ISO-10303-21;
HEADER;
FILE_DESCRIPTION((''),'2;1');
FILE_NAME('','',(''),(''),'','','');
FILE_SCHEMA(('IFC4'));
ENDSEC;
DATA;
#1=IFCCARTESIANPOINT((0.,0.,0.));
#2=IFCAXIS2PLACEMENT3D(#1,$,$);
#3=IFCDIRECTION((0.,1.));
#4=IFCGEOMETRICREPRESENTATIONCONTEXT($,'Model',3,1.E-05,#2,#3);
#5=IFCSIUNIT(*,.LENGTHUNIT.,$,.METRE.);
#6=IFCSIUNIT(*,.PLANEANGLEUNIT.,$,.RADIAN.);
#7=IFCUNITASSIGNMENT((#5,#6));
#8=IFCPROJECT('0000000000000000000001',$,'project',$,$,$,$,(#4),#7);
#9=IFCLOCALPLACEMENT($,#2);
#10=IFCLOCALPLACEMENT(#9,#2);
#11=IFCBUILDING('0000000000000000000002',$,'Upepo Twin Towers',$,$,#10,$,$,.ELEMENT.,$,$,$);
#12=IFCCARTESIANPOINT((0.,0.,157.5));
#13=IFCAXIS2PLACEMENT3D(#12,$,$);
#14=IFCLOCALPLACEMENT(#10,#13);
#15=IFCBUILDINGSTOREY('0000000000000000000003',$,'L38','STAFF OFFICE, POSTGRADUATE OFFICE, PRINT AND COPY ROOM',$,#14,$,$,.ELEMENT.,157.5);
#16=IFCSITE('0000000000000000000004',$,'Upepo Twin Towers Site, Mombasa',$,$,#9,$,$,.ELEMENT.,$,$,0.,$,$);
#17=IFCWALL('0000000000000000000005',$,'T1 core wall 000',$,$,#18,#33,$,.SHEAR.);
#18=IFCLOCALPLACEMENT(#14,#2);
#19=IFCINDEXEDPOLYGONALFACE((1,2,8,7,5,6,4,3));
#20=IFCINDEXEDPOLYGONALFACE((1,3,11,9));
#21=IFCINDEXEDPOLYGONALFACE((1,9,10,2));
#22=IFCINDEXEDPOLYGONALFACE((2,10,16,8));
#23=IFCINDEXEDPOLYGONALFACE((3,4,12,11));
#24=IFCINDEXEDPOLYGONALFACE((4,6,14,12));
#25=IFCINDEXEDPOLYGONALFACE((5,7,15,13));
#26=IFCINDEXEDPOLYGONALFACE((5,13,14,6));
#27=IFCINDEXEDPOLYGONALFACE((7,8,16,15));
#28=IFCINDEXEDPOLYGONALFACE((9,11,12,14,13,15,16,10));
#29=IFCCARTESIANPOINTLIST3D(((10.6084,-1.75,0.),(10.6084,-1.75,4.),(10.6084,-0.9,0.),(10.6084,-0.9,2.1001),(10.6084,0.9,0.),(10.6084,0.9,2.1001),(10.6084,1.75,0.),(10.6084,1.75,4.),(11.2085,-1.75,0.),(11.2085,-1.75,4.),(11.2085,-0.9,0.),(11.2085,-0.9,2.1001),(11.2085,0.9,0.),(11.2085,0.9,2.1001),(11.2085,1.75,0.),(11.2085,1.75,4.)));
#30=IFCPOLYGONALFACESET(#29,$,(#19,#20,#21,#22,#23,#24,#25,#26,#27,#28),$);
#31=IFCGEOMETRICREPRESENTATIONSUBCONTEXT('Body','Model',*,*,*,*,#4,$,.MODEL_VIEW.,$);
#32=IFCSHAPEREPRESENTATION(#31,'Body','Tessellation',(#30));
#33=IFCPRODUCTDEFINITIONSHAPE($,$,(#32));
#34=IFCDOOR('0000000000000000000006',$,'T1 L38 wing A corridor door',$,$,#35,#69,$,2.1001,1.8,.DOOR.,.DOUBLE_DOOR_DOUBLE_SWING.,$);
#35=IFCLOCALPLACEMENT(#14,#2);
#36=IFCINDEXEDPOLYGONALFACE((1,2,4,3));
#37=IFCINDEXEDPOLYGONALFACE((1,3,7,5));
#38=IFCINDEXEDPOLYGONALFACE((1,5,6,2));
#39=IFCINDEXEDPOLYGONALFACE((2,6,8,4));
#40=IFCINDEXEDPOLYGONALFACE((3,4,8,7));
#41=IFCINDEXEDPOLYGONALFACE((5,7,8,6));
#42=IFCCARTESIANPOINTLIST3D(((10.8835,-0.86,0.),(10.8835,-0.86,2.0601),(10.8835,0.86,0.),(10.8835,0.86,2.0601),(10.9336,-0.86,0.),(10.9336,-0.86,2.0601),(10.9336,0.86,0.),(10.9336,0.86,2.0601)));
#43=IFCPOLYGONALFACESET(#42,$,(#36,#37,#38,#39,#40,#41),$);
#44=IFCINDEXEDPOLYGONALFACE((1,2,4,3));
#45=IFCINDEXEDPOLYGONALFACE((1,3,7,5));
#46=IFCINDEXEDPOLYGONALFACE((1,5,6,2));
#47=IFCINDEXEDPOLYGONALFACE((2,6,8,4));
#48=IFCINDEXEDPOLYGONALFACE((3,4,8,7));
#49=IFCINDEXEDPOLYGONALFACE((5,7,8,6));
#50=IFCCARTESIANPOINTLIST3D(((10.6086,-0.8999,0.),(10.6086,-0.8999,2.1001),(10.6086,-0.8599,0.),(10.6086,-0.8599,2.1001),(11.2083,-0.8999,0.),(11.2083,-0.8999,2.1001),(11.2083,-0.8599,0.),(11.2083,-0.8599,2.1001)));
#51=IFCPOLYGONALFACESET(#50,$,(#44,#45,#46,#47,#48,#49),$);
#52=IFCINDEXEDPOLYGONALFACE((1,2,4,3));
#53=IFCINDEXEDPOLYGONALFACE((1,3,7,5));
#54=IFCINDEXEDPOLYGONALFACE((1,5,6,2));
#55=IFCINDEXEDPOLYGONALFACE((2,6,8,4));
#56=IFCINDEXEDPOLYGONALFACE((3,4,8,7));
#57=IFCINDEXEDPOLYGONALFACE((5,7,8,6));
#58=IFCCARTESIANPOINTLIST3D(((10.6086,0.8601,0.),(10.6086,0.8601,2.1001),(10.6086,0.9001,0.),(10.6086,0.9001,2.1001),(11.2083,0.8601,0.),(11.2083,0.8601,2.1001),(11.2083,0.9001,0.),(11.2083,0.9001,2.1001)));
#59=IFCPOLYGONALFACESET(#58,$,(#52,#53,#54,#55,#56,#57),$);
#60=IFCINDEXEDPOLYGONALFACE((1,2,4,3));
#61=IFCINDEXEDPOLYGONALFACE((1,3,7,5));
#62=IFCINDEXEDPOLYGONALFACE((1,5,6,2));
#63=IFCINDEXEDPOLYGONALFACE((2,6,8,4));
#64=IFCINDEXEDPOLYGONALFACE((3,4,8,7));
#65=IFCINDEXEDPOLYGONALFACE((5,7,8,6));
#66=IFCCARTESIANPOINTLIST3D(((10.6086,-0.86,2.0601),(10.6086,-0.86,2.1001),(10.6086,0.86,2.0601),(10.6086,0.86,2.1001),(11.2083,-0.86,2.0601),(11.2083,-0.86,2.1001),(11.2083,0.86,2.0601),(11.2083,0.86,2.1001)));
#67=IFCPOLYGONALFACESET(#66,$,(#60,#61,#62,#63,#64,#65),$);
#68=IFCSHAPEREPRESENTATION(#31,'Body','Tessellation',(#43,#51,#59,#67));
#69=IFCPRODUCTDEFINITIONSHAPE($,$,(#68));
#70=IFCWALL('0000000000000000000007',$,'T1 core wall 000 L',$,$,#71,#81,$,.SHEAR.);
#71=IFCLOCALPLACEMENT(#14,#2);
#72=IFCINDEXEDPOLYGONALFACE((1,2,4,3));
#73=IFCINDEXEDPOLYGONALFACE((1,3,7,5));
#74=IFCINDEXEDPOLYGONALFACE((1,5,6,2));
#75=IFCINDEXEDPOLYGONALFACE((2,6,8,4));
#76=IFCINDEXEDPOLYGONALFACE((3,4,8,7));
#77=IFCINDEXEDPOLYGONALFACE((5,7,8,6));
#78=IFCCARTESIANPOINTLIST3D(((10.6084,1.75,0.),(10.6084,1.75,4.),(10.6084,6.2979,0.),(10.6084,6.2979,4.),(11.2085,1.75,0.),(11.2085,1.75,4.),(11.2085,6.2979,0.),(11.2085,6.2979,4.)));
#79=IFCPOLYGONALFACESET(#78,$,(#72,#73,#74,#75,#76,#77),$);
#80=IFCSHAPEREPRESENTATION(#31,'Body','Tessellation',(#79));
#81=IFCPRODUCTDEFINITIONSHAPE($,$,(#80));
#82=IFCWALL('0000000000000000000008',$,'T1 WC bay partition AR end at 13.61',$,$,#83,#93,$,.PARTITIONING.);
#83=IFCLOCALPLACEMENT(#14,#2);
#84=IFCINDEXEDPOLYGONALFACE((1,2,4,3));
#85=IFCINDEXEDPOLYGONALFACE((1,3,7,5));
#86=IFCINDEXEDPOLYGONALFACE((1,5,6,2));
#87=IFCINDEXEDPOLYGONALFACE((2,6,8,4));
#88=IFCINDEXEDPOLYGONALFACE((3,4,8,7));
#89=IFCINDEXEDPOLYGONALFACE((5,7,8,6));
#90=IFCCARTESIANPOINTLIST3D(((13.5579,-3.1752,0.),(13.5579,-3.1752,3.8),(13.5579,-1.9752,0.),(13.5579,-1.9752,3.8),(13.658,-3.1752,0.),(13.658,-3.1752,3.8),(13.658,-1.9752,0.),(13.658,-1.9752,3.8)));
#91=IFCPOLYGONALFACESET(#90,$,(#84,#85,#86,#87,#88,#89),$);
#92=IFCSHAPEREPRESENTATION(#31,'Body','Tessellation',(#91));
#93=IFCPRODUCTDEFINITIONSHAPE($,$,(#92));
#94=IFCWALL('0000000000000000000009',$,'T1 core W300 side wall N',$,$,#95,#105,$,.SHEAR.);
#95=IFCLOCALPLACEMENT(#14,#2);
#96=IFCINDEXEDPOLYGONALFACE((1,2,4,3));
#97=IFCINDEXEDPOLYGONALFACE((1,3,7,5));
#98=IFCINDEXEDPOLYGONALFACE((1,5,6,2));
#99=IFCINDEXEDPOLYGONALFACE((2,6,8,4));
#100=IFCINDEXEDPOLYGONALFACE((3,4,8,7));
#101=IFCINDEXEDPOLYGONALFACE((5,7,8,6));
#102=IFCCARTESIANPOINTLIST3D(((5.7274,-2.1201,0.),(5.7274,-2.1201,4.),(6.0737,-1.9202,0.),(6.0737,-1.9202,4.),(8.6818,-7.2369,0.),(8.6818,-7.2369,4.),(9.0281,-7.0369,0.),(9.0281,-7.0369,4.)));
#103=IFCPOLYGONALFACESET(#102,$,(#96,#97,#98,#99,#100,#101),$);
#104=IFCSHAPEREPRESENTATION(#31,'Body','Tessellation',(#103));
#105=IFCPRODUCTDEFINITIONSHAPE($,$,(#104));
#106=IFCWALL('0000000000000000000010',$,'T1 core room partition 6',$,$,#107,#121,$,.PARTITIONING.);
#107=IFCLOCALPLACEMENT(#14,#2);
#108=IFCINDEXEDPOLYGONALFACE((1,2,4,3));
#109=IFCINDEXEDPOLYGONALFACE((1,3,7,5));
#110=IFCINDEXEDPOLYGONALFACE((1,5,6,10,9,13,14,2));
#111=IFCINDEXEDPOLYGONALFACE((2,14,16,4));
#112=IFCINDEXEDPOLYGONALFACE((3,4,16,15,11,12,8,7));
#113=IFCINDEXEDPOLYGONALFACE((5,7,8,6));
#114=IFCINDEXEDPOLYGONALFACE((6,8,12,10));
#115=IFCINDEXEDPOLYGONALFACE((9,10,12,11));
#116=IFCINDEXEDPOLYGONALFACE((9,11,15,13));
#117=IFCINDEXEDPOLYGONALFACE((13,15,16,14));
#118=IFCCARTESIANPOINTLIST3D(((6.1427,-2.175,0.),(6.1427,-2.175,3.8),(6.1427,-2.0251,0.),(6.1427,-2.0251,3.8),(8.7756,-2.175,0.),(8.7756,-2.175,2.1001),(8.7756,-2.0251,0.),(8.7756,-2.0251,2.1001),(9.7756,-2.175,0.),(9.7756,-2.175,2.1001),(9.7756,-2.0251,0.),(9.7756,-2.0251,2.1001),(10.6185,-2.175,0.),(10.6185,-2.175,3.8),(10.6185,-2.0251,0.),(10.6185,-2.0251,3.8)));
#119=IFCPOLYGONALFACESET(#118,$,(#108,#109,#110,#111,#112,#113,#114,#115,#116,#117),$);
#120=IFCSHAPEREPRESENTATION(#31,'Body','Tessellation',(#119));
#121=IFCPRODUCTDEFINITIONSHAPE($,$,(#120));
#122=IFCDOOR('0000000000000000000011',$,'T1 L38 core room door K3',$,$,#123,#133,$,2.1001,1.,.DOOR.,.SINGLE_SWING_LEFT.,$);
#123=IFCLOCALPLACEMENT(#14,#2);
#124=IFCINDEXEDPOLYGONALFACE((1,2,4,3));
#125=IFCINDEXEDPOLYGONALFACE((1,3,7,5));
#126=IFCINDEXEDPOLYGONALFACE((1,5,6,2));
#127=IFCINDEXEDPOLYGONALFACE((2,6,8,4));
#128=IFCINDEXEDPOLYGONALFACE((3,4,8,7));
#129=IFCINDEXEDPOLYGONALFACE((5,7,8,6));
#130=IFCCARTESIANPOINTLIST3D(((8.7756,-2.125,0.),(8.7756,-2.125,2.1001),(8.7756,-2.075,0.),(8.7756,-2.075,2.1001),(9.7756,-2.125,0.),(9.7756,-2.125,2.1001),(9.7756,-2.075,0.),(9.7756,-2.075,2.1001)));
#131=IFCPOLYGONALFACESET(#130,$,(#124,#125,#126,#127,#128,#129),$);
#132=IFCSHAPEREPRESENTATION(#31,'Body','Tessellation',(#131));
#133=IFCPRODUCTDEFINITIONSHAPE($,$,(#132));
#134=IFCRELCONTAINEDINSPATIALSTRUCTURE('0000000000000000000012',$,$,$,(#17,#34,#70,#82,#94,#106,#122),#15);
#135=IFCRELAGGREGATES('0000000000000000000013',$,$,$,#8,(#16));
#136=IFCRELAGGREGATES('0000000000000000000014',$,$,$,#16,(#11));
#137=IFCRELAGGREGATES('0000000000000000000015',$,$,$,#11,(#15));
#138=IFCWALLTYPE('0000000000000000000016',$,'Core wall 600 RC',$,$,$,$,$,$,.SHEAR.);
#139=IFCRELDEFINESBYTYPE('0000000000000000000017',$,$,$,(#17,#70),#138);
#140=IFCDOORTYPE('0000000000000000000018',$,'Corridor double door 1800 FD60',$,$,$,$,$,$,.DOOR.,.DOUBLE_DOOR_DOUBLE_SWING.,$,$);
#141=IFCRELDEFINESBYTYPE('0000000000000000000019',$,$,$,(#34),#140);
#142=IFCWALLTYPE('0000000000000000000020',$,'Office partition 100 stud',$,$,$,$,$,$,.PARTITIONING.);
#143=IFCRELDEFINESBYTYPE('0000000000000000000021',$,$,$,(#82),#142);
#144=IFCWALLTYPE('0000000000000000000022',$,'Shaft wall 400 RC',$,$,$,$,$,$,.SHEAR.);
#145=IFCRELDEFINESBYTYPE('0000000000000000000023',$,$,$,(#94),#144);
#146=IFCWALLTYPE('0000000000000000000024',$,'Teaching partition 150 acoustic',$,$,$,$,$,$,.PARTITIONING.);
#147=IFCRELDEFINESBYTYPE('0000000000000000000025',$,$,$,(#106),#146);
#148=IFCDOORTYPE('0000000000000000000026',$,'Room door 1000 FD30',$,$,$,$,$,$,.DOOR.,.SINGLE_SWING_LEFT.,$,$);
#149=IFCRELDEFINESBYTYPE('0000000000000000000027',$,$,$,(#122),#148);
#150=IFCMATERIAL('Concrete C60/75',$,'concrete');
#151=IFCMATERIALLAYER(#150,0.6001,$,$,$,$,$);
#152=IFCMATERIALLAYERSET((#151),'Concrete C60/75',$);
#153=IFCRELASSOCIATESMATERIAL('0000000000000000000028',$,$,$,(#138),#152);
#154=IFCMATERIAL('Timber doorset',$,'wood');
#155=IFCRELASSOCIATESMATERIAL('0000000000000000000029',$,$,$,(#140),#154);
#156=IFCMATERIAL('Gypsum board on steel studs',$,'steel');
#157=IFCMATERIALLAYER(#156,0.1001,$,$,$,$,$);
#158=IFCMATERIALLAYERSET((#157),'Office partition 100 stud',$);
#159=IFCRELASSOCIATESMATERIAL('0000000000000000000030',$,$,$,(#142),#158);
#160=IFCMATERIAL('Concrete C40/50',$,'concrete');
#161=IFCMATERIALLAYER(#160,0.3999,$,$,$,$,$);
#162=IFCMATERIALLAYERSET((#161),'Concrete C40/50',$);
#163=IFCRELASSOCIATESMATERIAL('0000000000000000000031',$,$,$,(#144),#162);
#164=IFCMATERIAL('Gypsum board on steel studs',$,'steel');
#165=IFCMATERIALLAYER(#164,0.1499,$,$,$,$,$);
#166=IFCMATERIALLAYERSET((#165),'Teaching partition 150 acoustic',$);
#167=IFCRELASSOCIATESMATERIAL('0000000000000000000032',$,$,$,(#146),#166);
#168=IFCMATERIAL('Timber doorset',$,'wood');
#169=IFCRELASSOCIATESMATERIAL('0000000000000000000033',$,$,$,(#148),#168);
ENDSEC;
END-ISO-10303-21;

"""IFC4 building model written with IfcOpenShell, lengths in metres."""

from ifc_helpers import new_model, si_unit, direction, frame, frame_2d, origin, place, context, subcontext, project, spatial, rectangle, extrude, material, layer, layer_set, type_object, element, fill, save


model = new_model("IFC4")

# Units and contexts
model_context = context("Model", 3, precision=1e-05, world=origin(), true_north=direction((0.0, 1.0)))
body_context = subcontext(model_context, "Body", "Model", "MODEL_VIEW")
ifc_project = project(units=[si_unit("LENGTHUNIT", "METRE"), si_unit("PLANEANGLEUNIT", "RADIAN")], contexts=[model_context])

# Site, building, storey
site_placement = place(None, origin())
site = spatial("IfcSite", under=ifc_project, at=site_placement, Name="Upepo Twin Towers Site, Mombasa", CompositionType="ELEMENT", RefElevation=0.0)
building_placement = place(site_placement, origin())
building = spatial("IfcBuilding", under=site, at=building_placement, Name="Upepo Twin Towers", CompositionType="ELEMENT")
storey_placement = place(building_placement, frame((0.0, 0.0, 157.5)))
storey = spatial("IfcBuildingStorey", under=building, at=storey_placement, Name="L38", Description="STAFF OFFICE, POSTGRADUATE OFFICE, PRINT AND COPY ROOM", CompositionType="ELEMENT", Elevation=157.5)

# Wall, opening, door
ifc_material_1 = material(Name="Concrete C60/75", Category="concrete")
ifc_layer_1 = layer(ifc_material_1, 0.6001)
ifc_layer_set_1 = layer_set([ifc_layer_1], Name="Concrete C60/75")
wall_type_1 = type_object("IfcWallType", Name="Core wall 600 RC", PredefinedType="SHEAR", material=ifc_layer_set_1)
wall_1_placement = place(storey_placement, frame((10.9084, -1.75, 0.0), z_axis=(0.0, 0.0, 1.0), x_axis=(0.0, 1.0, 0.0)))
wall_1 = element("IfcWall", 1, at=wall_1_placement, inside=storey, type_object=wall_type_1, Name="T1 core wall 000", PredefinedType="SHEAR", context=body_context, shape_type="SweptSolid", body=[
    extrude(rectangle(XDim=3.5, YDim=0.6001, at=frame_2d((1.75, 0.0))), origin(), (0.0, 0.0, 1.0), 4.0),
])
opening_1_placement = place(wall_1_placement, frame((0.8501, 0.0, 0.0)))
opening_1 = element("IfcOpeningElement", 2, at=opening_1_placement, cuts=wall_1, PredefinedType="OPENING", context=body_context, shape_type="SweptSolid", body=[
    extrude(rectangle(XDim=1.8, YDim=2.1001, at=frame_2d((0.8999, 1.05))), frame((0.0, 0.3101, 0.0), z_axis=(0.0, -1.0, 0.0), x_axis=(1.0, 0.0, 0.0)), (0.0, 0.0, 1.0), 0.6201),
])
ifc_material_2 = material(Name="Timber doorset", Category="wood")
door_type_1 = type_object("IfcDoorType", Name="Corridor double door 1800 FD60", OperationType="DOUBLE_DOOR_DOUBLE_SWING", PredefinedType="DOOR", material=ifc_material_2)
door_1_placement = place(opening_1_placement, origin())
door_1 = element("IfcDoor", 3, at=door_1_placement, inside=storey, type_object=door_type_1, Name="T1 L38 wing A corridor door", OperationType="DOUBLE_DOOR_DOUBLE_SWING", OverallHeight=2.1001, OverallWidth=1.8, PredefinedType="DOOR", context=body_context, shape_type="SweptSolid", body=[
    extrude(rectangle(XDim=1.72, YDim=2.0601, at=frame_2d((0.8999, 1.03))), frame((0.0, 0.0249, 0.0), z_axis=(0.0, -1.0, 0.0), x_axis=(1.0, 0.0, 0.0)), (0.0, 0.0, 1.0), 0.05),
    extrude(rectangle(XDim=0.04, YDim=2.1001, at=frame_2d((0.02, 1.05))), frame((0.0, 0.2998, 0.0), z_axis=(0.0, -1.0, 0.0), x_axis=(1.0, 0.0, 0.0)), (0.0, 0.0, 1.0), 0.5996),
    extrude(rectangle(XDim=0.04, YDim=2.1001, at=frame_2d((1.78, 1.05))), frame((0.0, 0.2998, 0.0), z_axis=(0.0, -1.0, 0.0), x_axis=(1.0, 0.0, 0.0)), (0.0, 0.0, 1.0), 0.5996),
    extrude(rectangle(XDim=1.72, YDim=0.04, at=frame_2d((0.8999, 2.0801))), frame((0.0, 0.2998, 0.0), z_axis=(0.0, -1.0, 0.0), x_axis=(1.0, 0.0, 0.0)), (0.0, 0.0, 1.0), 0.5996),
])
fill(opening_1, door_1)

# Walls
wall_2_placement = place(storey_placement, frame((10.9084, 1.75, 0.0), z_axis=(0.0, 0.0, 1.0), x_axis=(0.0, 1.0, 0.0)))
element("IfcWall", 4, at=wall_2_placement, inside=storey, type_object=wall_type_1, Name="T1 core wall 000 L", PredefinedType="SHEAR", context=body_context, shape_type="SweptSolid", body=[
    extrude(rectangle(XDim=4.5479, YDim=0.6001, at=frame_2d((2.2739, 0.0))), origin(), (0.0, 0.0, 1.0), 4.0),
])
ifc_material_3 = material(Name="Gypsum board on steel studs", Category="steel")
ifc_layer_2 = layer(ifc_material_3, 0.1001)
ifc_layer_set_2 = layer_set([ifc_layer_2], Name="Office partition 100 stud")
wall_type_2 = type_object("IfcWallType", Name="Office partition 100 stud", PredefinedType="PARTITIONING", material=ifc_layer_set_2)
wall_3_placement = place(storey_placement, frame((13.6079, -1.9751, 0.0), z_axis=(0.0, 0.0, 1.0), x_axis=(0.0, -1.0, 0.0)))
element("IfcWall", 5, at=wall_3_placement, inside=storey, type_object=wall_type_2, Name="T1 WC bay partition AR end at 13.61", PredefinedType="PARTITIONING", context=body_context, shape_type="SweptSolid", body=[
    extrude(rectangle(XDim=1.2, YDim=0.1001, at=frame_2d((0.6001, 0.0))), origin(), (0.0, 0.0, 1.0), 3.8),
])
ifc_material_4 = material(Name="Concrete C40/50", Category="concrete")
ifc_layer_3 = layer(ifc_material_4, 0.3999)
ifc_layer_set_3 = layer_set([ifc_layer_3], Name="Concrete C40/50")
wall_type_3 = type_object("IfcWallType", Name="Shaft wall 400 RC", PredefinedType="SHEAR", material=ifc_layer_set_3)
wall_4_placement = place(storey_placement, frame((5.9006, -2.0203, 0.0), z_axis=(0.0, 0.0, 1.0), x_axis=(0.500028, -0.866009, 0.0)))
element("IfcWall", 6, at=wall_4_placement, inside=storey, type_object=wall_type_3, Name="T1 core W300 side wall N", PredefinedType="SHEAR", context=body_context, shape_type="SweptSolid", body=[
    extrude(rectangle(XDim=5.9084, YDim=0.3999, at=frame_2d((2.9541, 0.0))), origin(), (0.0, 0.0, 1.0), 4.0),
])

# Wall, opening, door
ifc_material_5 = material(Name="Gypsum board on steel studs", Category="steel")
ifc_layer_4 = layer(ifc_material_5, 0.1499)
ifc_layer_set_4 = layer_set([ifc_layer_4], Name="Teaching partition 150 acoustic")
wall_type_4 = type_object("IfcWallType", Name="Teaching partition 150 acoustic", PredefinedType="PARTITIONING", material=ifc_layer_set_4)
wall_5_placement = place(storey_placement, frame((10.6184, -2.1001, 0.0), z_axis=(0.0, 0.0, 1.0), x_axis=(-1.0, 0.0, 0.0)))
wall_5 = element("IfcWall", 7, at=wall_5_placement, inside=storey, type_object=wall_type_4, Name="T1 core room partition 6", PredefinedType="PARTITIONING", context=body_context, shape_type="SweptSolid", body=[
    extrude(rectangle(XDim=4.4758, YDim=0.1499, at=frame_2d((2.2378, 0.0))), origin(), (0.0, 0.0, 1.0), 3.8),
])
opening_2_placement = place(wall_5_placement, frame((0.8428, 0.0, 0.0)))
opening_2 = element("IfcOpeningElement", 8, at=opening_2_placement, cuts=wall_5, PredefinedType="OPENING", context=body_context, shape_type="SweptSolid", body=[
    extrude(rectangle(XDim=1.0, YDim=2.1001, at=frame_2d((0.5, 1.05))), frame((0.0, 0.085, 0.0), z_axis=(0.0, -1.0, 0.0), x_axis=(1.0, 0.0, 0.0)), (0.0, 0.0, 1.0), 0.1699),
])
ifc_material_6 = material(Name="Timber doorset", Category="wood")
door_type_2 = type_object("IfcDoorType", Name="Room door 1000 FD30", OperationType="SINGLE_SWING_LEFT", PredefinedType="DOOR", material=ifc_material_6)
door_2_placement = place(opening_2_placement, origin())
door_2 = element("IfcDoor", 9, at=door_2_placement, inside=storey, type_object=door_type_2, Name="T1 L38 core room door K3", OperationType="SINGLE_SWING_LEFT", OverallHeight=2.1001, OverallWidth=1.0, PredefinedType="DOOR", context=body_context, shape_type="SweptSolid", body=[
    extrude(rectangle(XDim=1.0, YDim=2.1001, at=frame_2d((0.5, 1.05))), frame((0.0, 0.0249, 0.0), z_axis=(0.0, -1.0, 0.0), x_axis=(1.0, 0.0, 0.0)), (0.0, 0.0, 1.0), 0.05),
])
fill(opening_2, door_2)

save(model, "model.ifc")
